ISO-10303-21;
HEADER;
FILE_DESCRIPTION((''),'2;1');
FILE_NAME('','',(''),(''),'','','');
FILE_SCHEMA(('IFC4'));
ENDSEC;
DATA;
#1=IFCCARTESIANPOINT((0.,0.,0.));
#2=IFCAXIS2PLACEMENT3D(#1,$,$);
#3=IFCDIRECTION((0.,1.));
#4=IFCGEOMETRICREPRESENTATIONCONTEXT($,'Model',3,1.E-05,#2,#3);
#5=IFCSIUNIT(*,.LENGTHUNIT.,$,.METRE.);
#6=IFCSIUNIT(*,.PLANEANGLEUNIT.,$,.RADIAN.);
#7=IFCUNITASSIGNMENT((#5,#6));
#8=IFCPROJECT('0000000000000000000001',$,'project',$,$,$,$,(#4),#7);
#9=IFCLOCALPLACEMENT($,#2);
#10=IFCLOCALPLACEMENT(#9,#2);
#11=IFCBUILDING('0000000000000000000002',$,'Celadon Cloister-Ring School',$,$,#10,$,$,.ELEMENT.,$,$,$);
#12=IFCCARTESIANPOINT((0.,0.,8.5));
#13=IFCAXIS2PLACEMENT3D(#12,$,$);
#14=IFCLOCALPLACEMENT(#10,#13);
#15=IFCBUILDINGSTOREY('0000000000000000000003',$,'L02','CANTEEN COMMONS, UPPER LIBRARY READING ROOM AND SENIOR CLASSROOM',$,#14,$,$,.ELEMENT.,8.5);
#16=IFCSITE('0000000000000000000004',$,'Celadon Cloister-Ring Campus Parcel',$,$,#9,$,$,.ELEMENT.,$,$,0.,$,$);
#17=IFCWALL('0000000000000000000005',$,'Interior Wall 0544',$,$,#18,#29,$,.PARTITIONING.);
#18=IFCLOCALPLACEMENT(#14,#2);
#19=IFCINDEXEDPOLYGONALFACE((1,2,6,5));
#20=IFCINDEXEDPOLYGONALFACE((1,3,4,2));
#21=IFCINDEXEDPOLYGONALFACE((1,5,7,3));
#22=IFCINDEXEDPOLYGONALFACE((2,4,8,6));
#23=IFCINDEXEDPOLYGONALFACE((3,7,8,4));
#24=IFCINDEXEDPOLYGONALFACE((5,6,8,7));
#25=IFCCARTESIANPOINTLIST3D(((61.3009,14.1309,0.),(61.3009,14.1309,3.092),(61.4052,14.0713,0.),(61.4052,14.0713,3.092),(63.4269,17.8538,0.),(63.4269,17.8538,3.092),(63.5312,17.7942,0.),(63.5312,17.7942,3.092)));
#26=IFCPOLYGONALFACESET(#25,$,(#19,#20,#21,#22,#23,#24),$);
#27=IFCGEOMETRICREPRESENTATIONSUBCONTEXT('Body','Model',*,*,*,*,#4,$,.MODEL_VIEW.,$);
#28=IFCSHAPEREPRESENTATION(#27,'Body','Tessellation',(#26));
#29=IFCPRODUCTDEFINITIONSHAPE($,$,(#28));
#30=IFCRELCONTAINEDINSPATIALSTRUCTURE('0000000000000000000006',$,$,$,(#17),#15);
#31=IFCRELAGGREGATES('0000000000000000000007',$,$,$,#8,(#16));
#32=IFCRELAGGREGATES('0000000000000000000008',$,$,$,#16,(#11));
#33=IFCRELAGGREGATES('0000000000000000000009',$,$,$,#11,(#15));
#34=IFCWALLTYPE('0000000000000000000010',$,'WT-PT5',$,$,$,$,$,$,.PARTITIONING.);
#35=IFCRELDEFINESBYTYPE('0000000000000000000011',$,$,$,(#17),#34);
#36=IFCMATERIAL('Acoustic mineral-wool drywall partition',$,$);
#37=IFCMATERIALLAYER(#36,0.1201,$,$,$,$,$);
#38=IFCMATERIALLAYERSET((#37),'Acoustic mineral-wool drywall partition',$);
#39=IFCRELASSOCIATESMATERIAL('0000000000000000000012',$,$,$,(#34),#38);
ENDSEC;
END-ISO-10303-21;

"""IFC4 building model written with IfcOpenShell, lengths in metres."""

from ifc_helpers import new_model, si_unit, direction, frame, frame_2d, origin, place, context, subcontext, project, spatial, rectangle, extrude, material, layer, layer_set, type_object, element, save


model = new_model("IFC4")

# Units and contexts
model_context = context("Model", 3, precision=1e-05, world=origin(), true_north=direction((0.0, 1.0)))
body_context = subcontext(model_context, "Body", "Model", "MODEL_VIEW")
ifc_project = project(units=[si_unit("LENGTHUNIT", "METRE"), si_unit("PLANEANGLEUNIT", "RADIAN")], contexts=[model_context])

# Site, building, storey
site_placement = place(None, origin())
site = spatial("IfcSite", under=ifc_project, at=site_placement, Name="Celadon Cloister-Ring Campus Parcel", CompositionType="ELEMENT", RefElevation=0.0)
building_placement = place(site_placement, origin())
building = spatial("IfcBuilding", under=site, at=building_placement, Name="Celadon Cloister-Ring School", CompositionType="ELEMENT")
storey_placement = place(building_placement, frame((0.0, 0.0, 8.5)))
storey = spatial("IfcBuildingStorey", under=building, at=storey_placement, Name="L02", Description="CANTEEN COMMONS, UPPER LIBRARY READING ROOM AND SENIOR CLASSROOM", CompositionType="ELEMENT", Elevation=8.5)

# Wall
ifc_material_1 = material(Name="Acoustic mineral-wool drywall partition")
ifc_layer_1 = layer(ifc_material_1, 0.1201)
ifc_layer_set_1 = layer_set([ifc_layer_1], Name="Acoustic mineral-wool drywall partition")
wall_type_1 = type_object("IfcWallType", Name="WT-PT5", PredefinedType="PARTITIONING", material=ifc_layer_set_1)
wall_1_placement = place(storey_placement, frame((63.479, 17.824, 0.0), z_axis=(0.0, 0.0, 1.0), x_axis=(-0.495894, -0.868383, 0.0)))
element("IfcWall", 1, at=wall_1_placement, inside=storey, type_object=wall_type_1, Name="Interior Wall 0544", PredefinedType="PARTITIONING", context=body_context, shape_type="SweptSolid", body=[
    extrude(rectangle(XDim=4.2871, YDim=0.1201, at=frame_2d((2.1436, 0.0))), origin(), (0.0, 0.0, 1.0), 3.092),
])

save(model, "model.ifc")
